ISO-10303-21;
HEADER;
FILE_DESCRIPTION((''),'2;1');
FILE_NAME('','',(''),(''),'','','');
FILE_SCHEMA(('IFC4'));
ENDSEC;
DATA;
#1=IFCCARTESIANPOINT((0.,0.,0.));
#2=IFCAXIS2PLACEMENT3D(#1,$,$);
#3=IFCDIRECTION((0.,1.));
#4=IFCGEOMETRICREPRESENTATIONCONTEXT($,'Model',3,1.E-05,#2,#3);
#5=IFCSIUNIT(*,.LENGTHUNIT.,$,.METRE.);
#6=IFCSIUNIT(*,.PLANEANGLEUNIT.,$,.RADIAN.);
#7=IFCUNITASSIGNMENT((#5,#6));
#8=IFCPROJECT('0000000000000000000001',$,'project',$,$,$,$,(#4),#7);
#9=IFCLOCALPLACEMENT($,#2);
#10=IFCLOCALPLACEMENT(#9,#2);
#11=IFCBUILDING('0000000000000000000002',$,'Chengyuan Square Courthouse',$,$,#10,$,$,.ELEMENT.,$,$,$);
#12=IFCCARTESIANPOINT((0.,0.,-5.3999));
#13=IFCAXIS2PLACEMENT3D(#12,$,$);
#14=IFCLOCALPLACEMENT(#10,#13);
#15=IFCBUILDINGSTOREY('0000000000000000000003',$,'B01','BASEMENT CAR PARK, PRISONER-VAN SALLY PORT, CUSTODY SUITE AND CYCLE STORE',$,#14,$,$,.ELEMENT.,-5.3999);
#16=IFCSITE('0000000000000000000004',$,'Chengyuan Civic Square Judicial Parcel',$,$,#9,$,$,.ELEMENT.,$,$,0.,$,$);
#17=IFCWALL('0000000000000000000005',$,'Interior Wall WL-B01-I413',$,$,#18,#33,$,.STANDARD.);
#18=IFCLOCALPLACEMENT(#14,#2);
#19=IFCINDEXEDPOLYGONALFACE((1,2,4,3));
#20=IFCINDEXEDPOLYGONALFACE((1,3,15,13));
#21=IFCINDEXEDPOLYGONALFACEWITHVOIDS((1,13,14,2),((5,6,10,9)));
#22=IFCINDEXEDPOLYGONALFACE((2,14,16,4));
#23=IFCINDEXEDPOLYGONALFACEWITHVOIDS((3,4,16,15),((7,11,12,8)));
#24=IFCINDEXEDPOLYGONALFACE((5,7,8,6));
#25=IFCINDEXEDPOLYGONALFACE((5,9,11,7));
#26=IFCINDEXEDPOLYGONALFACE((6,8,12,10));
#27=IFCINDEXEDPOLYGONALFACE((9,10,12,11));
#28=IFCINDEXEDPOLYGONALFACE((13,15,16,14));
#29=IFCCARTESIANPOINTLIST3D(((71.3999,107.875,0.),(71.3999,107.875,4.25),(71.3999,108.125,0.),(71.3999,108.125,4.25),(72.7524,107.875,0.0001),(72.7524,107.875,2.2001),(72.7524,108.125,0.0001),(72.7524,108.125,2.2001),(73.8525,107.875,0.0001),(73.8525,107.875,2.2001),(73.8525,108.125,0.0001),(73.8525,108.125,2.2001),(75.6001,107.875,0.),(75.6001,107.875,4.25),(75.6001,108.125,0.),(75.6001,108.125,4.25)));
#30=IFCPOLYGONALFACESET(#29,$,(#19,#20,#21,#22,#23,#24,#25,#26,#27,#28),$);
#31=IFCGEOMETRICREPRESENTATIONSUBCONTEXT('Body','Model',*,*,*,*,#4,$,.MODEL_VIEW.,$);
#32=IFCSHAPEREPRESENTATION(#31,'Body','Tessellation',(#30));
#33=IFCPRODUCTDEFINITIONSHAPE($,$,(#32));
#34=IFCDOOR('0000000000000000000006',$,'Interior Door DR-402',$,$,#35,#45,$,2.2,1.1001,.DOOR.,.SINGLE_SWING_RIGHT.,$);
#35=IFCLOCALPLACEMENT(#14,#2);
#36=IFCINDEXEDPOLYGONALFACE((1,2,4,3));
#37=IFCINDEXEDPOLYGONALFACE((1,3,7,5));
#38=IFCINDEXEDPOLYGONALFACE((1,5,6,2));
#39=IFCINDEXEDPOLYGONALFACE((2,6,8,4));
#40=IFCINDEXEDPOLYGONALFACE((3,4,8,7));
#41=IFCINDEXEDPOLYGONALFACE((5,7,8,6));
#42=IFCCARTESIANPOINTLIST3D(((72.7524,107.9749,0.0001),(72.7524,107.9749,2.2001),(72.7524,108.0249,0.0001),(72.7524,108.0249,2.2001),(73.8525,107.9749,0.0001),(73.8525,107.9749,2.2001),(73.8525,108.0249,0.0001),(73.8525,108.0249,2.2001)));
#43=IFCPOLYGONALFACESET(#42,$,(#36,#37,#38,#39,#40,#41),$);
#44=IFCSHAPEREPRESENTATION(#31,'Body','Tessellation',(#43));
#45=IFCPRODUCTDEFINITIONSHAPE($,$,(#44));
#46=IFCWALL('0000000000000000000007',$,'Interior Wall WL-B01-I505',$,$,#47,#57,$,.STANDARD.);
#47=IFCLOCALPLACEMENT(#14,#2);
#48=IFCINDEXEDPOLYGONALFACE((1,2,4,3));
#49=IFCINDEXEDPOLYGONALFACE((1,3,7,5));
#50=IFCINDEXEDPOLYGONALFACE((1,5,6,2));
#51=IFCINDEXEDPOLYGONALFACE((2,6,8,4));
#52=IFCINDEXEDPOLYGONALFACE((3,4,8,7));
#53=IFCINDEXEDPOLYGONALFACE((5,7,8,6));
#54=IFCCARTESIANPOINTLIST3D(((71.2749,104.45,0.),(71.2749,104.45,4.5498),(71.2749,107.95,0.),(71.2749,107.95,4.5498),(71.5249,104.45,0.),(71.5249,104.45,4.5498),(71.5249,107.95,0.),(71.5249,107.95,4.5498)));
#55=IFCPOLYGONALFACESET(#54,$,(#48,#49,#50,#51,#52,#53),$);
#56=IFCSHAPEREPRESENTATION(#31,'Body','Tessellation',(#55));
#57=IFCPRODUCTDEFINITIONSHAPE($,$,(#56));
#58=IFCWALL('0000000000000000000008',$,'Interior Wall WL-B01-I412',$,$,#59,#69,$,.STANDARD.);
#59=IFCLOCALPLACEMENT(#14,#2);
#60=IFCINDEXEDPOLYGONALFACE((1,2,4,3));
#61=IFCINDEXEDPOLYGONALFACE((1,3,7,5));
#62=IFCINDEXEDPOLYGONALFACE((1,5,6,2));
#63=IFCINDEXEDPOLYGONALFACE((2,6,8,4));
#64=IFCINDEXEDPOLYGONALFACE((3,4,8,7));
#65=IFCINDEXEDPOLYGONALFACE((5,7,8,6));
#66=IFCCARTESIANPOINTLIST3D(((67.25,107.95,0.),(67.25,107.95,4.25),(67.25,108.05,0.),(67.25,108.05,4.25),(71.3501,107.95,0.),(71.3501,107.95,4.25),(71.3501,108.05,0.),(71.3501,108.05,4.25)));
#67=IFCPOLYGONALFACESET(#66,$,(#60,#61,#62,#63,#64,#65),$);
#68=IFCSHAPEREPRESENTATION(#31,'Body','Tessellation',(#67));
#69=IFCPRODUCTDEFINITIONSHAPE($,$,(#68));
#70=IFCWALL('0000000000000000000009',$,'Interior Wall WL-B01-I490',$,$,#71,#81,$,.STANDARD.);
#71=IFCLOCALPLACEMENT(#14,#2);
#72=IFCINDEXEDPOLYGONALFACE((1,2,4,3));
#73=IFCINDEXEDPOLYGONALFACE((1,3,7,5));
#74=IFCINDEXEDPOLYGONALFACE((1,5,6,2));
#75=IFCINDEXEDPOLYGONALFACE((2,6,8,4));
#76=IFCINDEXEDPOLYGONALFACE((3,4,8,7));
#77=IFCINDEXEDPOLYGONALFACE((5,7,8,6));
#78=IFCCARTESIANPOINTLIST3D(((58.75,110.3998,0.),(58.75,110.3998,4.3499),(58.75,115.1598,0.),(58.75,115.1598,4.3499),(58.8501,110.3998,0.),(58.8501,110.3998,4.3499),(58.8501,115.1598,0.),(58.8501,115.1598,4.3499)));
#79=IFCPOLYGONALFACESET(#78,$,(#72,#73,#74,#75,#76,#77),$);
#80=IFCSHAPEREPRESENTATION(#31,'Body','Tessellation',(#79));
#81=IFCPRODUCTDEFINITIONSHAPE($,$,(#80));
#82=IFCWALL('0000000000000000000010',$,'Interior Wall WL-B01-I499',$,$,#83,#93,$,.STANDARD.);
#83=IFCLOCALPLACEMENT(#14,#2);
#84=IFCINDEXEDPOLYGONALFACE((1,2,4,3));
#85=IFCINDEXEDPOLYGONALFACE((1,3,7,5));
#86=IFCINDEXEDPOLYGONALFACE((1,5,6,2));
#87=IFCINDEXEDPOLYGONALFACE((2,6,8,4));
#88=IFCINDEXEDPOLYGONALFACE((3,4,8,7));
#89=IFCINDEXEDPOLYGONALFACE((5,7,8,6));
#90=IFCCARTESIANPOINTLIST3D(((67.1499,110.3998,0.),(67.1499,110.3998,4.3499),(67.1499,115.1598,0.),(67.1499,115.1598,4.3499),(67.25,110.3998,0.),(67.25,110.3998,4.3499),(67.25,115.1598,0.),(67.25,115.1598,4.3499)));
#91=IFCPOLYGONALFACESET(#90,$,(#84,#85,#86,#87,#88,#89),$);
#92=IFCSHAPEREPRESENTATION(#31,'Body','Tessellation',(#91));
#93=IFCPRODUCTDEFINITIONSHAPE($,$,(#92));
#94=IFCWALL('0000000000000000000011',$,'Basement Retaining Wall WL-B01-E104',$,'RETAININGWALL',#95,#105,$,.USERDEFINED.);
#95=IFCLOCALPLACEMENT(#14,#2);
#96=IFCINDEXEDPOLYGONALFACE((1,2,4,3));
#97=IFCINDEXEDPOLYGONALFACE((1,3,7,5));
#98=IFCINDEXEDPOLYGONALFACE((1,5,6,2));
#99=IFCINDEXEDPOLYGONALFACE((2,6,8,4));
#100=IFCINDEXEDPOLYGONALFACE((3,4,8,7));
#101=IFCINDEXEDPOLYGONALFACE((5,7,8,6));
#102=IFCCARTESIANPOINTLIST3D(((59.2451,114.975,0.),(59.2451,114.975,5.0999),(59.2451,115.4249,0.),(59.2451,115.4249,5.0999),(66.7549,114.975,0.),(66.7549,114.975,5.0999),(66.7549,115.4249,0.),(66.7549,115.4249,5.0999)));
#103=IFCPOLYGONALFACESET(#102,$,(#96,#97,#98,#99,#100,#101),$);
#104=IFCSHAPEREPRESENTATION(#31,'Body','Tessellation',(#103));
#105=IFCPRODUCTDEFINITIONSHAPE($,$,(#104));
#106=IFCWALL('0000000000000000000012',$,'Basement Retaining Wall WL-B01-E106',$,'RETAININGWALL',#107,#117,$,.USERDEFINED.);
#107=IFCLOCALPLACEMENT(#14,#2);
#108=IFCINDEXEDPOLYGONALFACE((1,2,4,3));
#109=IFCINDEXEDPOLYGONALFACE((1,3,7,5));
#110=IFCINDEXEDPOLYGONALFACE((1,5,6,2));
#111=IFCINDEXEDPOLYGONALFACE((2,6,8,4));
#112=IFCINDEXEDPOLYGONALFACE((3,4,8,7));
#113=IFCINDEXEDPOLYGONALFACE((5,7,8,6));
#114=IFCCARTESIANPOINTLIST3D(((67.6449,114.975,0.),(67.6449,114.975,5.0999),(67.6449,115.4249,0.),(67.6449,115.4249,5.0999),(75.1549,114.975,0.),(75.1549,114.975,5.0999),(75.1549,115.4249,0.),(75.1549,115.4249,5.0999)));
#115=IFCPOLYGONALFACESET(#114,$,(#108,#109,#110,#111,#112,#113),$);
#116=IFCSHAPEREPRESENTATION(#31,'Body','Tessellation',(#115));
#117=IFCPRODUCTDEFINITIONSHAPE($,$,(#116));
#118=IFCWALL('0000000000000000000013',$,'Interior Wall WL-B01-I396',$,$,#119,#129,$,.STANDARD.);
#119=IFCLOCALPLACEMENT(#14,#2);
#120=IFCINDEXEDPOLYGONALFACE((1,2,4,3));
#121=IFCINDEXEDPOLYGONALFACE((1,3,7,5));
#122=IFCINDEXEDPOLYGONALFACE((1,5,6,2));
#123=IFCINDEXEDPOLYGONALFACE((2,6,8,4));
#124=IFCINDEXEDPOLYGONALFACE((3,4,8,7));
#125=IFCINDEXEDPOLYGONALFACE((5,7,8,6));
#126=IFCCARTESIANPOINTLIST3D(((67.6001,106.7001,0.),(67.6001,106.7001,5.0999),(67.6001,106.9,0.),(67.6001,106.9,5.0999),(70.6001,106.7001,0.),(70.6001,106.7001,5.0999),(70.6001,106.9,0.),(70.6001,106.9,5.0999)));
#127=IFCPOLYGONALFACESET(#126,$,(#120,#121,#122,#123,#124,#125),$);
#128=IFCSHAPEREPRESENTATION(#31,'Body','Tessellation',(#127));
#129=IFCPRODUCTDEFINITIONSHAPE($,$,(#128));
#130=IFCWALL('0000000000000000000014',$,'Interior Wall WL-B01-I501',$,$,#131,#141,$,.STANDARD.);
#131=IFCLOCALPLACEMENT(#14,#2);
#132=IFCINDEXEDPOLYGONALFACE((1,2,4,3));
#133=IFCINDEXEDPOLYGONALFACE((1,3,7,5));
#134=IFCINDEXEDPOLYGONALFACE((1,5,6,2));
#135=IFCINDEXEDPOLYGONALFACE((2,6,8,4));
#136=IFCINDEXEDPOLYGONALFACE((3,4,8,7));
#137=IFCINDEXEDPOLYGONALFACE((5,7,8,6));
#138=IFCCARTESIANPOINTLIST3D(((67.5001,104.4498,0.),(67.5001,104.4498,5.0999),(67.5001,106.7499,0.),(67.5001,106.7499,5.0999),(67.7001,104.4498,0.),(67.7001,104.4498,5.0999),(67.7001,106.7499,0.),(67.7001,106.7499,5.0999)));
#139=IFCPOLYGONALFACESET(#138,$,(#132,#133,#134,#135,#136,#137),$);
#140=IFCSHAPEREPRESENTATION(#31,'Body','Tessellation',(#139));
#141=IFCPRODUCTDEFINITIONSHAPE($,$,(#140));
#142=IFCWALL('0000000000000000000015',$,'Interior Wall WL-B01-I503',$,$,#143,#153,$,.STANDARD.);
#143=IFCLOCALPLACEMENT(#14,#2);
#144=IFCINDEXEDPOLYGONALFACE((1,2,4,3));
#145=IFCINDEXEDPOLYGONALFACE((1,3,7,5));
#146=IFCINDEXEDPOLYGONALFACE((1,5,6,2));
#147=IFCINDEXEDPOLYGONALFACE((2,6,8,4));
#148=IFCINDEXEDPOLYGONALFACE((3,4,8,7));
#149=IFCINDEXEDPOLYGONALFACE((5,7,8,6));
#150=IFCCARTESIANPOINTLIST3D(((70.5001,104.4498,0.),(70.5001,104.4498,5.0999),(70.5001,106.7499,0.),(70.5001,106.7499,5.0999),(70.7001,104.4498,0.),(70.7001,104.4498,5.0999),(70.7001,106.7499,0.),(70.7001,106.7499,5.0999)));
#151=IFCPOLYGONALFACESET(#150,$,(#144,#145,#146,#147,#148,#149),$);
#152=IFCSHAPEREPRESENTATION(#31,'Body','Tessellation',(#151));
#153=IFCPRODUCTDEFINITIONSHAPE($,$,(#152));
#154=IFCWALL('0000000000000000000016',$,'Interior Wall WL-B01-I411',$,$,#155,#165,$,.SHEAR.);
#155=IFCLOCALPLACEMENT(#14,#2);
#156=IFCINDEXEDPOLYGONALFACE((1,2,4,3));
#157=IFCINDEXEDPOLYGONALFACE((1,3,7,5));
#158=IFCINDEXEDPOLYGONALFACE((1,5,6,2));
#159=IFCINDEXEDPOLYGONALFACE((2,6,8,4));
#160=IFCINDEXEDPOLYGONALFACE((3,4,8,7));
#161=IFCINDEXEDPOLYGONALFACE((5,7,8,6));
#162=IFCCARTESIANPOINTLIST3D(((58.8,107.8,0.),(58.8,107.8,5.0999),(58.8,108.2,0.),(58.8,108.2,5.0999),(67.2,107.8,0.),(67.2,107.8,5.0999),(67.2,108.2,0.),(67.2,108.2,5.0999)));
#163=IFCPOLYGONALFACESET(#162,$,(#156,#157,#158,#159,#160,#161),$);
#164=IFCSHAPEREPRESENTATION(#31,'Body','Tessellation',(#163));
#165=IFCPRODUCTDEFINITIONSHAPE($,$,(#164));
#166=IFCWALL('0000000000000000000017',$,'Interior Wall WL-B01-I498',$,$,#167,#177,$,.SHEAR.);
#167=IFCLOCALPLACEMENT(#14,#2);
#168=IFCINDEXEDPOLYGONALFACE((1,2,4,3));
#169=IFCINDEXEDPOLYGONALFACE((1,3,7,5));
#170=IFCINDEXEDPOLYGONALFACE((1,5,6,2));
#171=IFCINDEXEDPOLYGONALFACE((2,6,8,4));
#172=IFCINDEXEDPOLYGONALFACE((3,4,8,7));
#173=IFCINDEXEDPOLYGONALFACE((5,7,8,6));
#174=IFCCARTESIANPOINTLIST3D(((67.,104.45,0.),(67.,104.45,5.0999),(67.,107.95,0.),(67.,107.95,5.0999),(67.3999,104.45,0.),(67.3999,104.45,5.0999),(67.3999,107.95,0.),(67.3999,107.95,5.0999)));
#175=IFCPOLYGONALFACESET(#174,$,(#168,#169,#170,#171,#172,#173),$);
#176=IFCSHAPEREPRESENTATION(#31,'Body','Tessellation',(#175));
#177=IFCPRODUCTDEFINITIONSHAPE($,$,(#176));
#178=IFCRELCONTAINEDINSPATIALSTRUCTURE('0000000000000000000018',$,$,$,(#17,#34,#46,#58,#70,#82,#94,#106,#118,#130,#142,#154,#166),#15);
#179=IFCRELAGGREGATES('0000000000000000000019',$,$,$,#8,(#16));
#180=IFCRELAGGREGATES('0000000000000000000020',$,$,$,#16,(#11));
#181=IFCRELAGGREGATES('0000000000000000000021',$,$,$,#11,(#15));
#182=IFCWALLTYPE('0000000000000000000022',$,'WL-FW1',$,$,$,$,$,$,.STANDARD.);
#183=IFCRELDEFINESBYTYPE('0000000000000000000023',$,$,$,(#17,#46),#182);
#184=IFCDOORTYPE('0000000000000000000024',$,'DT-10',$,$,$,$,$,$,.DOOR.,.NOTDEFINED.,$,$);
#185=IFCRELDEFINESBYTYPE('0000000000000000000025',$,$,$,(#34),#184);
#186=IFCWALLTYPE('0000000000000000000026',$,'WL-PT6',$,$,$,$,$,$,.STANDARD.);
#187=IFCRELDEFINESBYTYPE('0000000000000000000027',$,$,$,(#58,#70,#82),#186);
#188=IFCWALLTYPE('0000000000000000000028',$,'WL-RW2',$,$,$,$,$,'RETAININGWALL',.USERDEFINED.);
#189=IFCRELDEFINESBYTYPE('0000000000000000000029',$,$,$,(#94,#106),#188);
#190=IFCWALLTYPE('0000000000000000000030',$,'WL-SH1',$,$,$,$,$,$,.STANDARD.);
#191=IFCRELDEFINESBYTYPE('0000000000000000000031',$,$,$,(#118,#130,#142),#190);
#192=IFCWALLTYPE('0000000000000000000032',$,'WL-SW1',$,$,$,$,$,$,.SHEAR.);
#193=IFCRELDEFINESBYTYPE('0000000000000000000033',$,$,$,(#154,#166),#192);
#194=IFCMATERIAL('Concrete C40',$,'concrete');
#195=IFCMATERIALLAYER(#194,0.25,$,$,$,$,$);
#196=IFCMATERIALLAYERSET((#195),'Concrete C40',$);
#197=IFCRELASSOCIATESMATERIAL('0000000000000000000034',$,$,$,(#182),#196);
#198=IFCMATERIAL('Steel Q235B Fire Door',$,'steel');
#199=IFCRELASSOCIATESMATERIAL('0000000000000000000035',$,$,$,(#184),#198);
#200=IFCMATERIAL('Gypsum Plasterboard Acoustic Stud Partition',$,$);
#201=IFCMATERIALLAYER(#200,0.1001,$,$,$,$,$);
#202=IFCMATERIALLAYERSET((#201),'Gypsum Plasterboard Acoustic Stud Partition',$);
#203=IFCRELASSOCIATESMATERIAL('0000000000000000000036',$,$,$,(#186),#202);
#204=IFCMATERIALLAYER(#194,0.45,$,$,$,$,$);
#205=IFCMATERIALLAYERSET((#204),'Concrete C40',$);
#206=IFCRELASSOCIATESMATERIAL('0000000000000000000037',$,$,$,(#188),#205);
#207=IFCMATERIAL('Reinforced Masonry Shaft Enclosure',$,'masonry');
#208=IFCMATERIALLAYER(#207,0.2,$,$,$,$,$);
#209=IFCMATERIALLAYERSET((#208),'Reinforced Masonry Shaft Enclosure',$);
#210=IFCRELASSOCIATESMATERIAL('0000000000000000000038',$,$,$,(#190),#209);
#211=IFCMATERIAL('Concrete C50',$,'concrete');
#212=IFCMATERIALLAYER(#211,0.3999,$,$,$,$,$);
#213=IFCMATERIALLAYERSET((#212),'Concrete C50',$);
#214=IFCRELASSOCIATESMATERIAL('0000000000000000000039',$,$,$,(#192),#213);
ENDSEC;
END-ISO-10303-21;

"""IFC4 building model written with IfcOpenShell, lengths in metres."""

from ifc_helpers import new_model, si_unit, direction, frame, frame_2d, origin, place, context, subcontext, project, spatial, rectangle, extrude, material, layer, layer_set, type_object, element, fill, save


model = new_model("IFC4")

# Units and contexts
model_context = context("Model", 3, precision=1e-05, world=origin(), true_north=direction((0.0, 1.0)))
body_context = subcontext(model_context, "Body", "Model", "MODEL_VIEW")
ifc_project = project(units=[si_unit("LENGTHUNIT", "METRE"), si_unit("PLANEANGLEUNIT", "RADIAN")], contexts=[model_context])

# Site, building, storey
site_placement = place(None, origin())
site = spatial("IfcSite", under=ifc_project, at=site_placement, Name="Chengyuan Civic Square Judicial Parcel", CompositionType="ELEMENT", RefElevation=0.0)
building_placement = place(site_placement, origin())
building = spatial("IfcBuilding", under=site, at=building_placement, Name="Chengyuan Square Courthouse", CompositionType="ELEMENT")
storey_placement = place(building_placement, frame((0.0, 0.0, -5.3999)))
storey = spatial("IfcBuildingStorey", under=building, at=storey_placement, Name="B01", Description="BASEMENT CAR PARK, PRISONER-VAN SALLY PORT, CUSTODY SUITE AND CYCLE STORE", CompositionType="ELEMENT", Elevation=-5.3999)

# Shared definitions
ifc_material_1 = material(Name="Concrete C50", Category="concrete")
ifc_material_2 = material(Name="Concrete C40", Category="concrete")

# Wall, opening, door
ifc_layer_1 = layer(ifc_material_2, 0.25)
ifc_layer_set_1 = layer_set([ifc_layer_1], Name="Concrete C40")
wall_type_1 = type_object("IfcWallType", Name="WL-FW1", PredefinedType="STANDARD", material=ifc_layer_set_1)
wall_1_placement = place(storey_placement, frame((71.3999, 108.0, 0.0), z_axis=(0.0, 0.0, 1.0), x_axis=(1.0, 0.0, 0.0)))
wall_1 = element("IfcWall", 1, at=wall_1_placement, inside=storey, type_object=wall_type_1, Name="Interior Wall WL-B01-I413", PredefinedType="STANDARD", context=body_context, shape_type="SweptSolid", body=[
    extrude(rectangle(XDim=4.2002, YDim=0.25, at=frame_2d((2.1001, 0.0))), origin(), (0.0, 0.0, 1.0), 4.25),
])
opening_1_placement = place(wall_1_placement, frame((1.3525, 0.0, 0.0)))
opening_1 = element("IfcOpeningElement", 2, at=opening_1_placement, cuts=wall_1, PredefinedType="OPENING", context=body_context, shape_type="SweptSolid", body=[
    extrude(rectangle(XDim=1.1001, YDim=2.2, at=frame_2d((0.55, 1.1001))), frame((0.0, 0.137, 0.0), z_axis=(0.0, -1.0, 0.0), x_axis=(1.0, 0.0, 0.0)), (0.0, 0.0, 1.0), 0.2739),
])
ifc_material_3 = material(Name="Steel Q235B Fire Door", Category="steel")
door_type_1 = type_object("IfcDoorType", Name="DT-10", OperationType="NOTDEFINED", PredefinedType="DOOR", material=ifc_material_3)
door_1_placement = place(opening_1_placement, origin())
door_1 = element("IfcDoor", 3, at=door_1_placement, inside=storey, type_object=door_type_1, Name="Interior Door DR-402", OperationType="SINGLE_SWING_RIGHT", OverallHeight=2.2, OverallWidth=1.1001, PredefinedType="DOOR", context=body_context, shape_type="SweptSolid", body=[
    extrude(rectangle(XDim=1.1001, YDim=2.2, at=frame_2d((0.55, 1.1001))), frame((0.0, 0.0249, 0.0), z_axis=(0.0, -1.0, 0.0), x_axis=(1.0, 0.0, 0.0)), (0.0, 0.0, 1.0), 0.05),
])
fill(opening_1, door_1)

# Walls
wall_2_placement = place(storey_placement, frame((71.3999, 104.45, 0.0), z_axis=(0.0, 0.0, 1.0), x_axis=(0.0, 1.0, 0.0)))
element("IfcWall", 4, at=wall_2_placement, inside=storey, type_object=wall_type_1, Name="Interior Wall WL-B01-I505", PredefinedType="STANDARD", context=body_context, shape_type="SweptSolid", body=[
    extrude(rectangle(XDim=3.5, YDim=0.25, at=frame_2d((1.75, 0.0))), origin(), (0.0, 0.0, 1.0), 4.5498),
])
ifc_material_4 = material(Name="Gypsum Plasterboard Acoustic Stud Partition")
ifc_layer_2 = layer(ifc_material_4, 0.1001)
ifc_layer_set_2 = layer_set([ifc_layer_2], Name="Gypsum Plasterboard Acoustic Stud Partition")
wall_type_2 = type_object("IfcWallType", Name="WL-PT6", PredefinedType="STANDARD", material=ifc_layer_set_2)
wall_3_placement = place(storey_placement, frame((67.25, 108.0, 0.0), z_axis=(0.0, 0.0, 1.0), x_axis=(1.0, 0.0, 0.0)))
element("IfcWall", 5, at=wall_3_placement, inside=storey, type_object=wall_type_2, Name="Interior Wall WL-B01-I412", PredefinedType="STANDARD", context=body_context, shape_type="SweptSolid", body=[
    extrude(rectangle(XDim=4.1001, YDim=0.1001, at=frame_2d((2.05, 0.0))), origin(), (0.0, 0.0, 1.0), 4.25),
])
for number, where, z_axis, x_axis, name in (
    (6, (58.8, 110.3999, 0.0), (0.0, 0.0, 1.0), (0.0, 1.0, 0.0), "Interior Wall WL-B01-I490"),
    (7, (67.2, 110.3999, 0.0), (0.0, 0.0, 1.0), (0.0, 1.0, 0.0), "Interior Wall WL-B01-I499"),
):
    element("IfcWall", number, at=place(storey_placement, frame(where, z_axis=z_axis, x_axis=x_axis)), inside=storey, type_object=wall_type_2, Name=name, PredefinedType="STANDARD", context=body_context, shape_type="SweptSolid", body=[
        extrude(rectangle(XDim=4.76, YDim=0.1001, at=frame_2d((2.3799, 0.0))), origin(), (0.0, 0.0, 1.0), 4.3499),
    ])
ifc_layer_3 = layer(ifc_material_2, 0.45)
ifc_layer_set_3 = layer_set([ifc_layer_3], Name="Concrete C40")
wall_type_3 = type_object("IfcWallType", Name="WL-RW2", ElementType="RETAININGWALL", PredefinedType="USERDEFINED", material=ifc_layer_set_3)
wall_4_placement = place(storey_placement, frame((59.2451, 115.2, 0.0), z_axis=(0.0, 0.0, 1.0), x_axis=(1.0, 0.0, 0.0)))
element("IfcWall", 8, at=wall_4_placement, inside=storey, type_object=wall_type_3, Name="Basement Retaining Wall WL-B01-E104", ObjectType="RETAININGWALL", PredefinedType="USERDEFINED", context=body_context, shape_type="SweptSolid", body=[
    extrude(rectangle(XDim=7.5098, YDim=0.45, at=frame_2d((3.7549, 0.0))), origin(), (0.0, 0.0, 1.0), 5.0999),
])
wall_5_placement = place(storey_placement, frame((67.645, 115.2, 0.0), z_axis=(0.0, 0.0, 1.0), x_axis=(1.0, 0.0, 0.0)))
element("IfcWall", 9, at=wall_5_placement, inside=storey, type_object=wall_type_3, Name="Basement Retaining Wall WL-B01-E106", ObjectType="RETAININGWALL", PredefinedType="USERDEFINED", context=body_context, shape_type="SweptSolid", body=[
    extrude(rectangle(XDim=7.51, YDim=0.45, at=frame_2d((3.7549, 0.0))), origin(), (0.0, 0.0, 1.0), 5.0999),
])

# Shared definitions
ifc_material_5 = material(Name="Reinforced Masonry Shaft Enclosure", Category="masonry")
ifc_layer_4 = layer(ifc_material_5, 0.2)
ifc_layer_set_4 = layer_set([ifc_layer_4], Name="Reinforced Masonry Shaft Enclosure")
wall_type_4 = type_object("IfcWallType", Name="WL-SH1", PredefinedType="STANDARD", material=ifc_layer_set_4)

# Walls
wall_6_placement = place(storey_placement, frame((67.6001, 106.8, 0.0), z_axis=(0.0, 0.0, 1.0), x_axis=(1.0, 0.0, 0.0)))
element("IfcWall", 10, at=wall_6_placement, inside=storey, type_object=wall_type_4, Name="Interior Wall WL-B01-I396", PredefinedType="STANDARD", context=body_context, shape_type="SweptSolid", body=[
    extrude(rectangle(XDim=3.0, YDim=0.2, at=frame_2d((1.5, 0.0))), origin(), (0.0, 0.0, 1.0), 5.0999),
])
for number, where, z_axis, x_axis, name in (
    (11, (67.6001, 104.45, 0.0), (0.0, 0.0, 1.0), (0.0, 1.0, 0.0), "Interior Wall WL-B01-I501"),
    (12, (70.6001, 104.45, 0.0), (0.0, 0.0, 1.0), (0.0, 1.0, 0.0), "Interior Wall WL-B01-I503"),
):
    element("IfcWall", number, at=place(storey_placement, frame(where, z_axis=z_axis, x_axis=x_axis)), inside=storey, type_object=wall_type_4, Name=name, PredefinedType="STANDARD", context=body_context, shape_type="SweptSolid", body=[
        extrude(rectangle(XDim=2.3, YDim=0.2, at=frame_2d((1.1499, 0.0))), origin(), (0.0, 0.0, 1.0), 5.0999),
    ])
ifc_layer_5 = layer(ifc_material_1, 0.3999)
ifc_layer_set_5 = layer_set([ifc_layer_5], Name="Concrete C50")
wall_type_5 = type_object("IfcWallType", Name="WL-SW1", PredefinedType="SHEAR", material=ifc_layer_set_5)
wall_7_placement = place(storey_placement, frame((58.8, 108.0, 0.0), z_axis=(0.0, 0.0, 1.0), x_axis=(1.0, 0.0, 0.0)))
element("IfcWall", 13, at=wall_7_placement, inside=storey, type_object=wall_type_5, Name="Interior Wall WL-B01-I411", PredefinedType="SHEAR", context=body_context, shape_type="SweptSolid", body=[
    extrude(rectangle(XDim=8.3999, YDim=0.3999, at=frame_2d((4.2, 0.0))), origin(), (0.0, 0.0, 1.0), 5.0999),
])
wall_8_placement = place(storey_placement, frame((67.2, 104.45, 0.0), z_axis=(0.0, 0.0, 1.0), x_axis=(0.0, 1.0, 0.0)))
element("IfcWall", 14, at=wall_8_placement, inside=storey, type_object=wall_type_5, Name="Interior Wall WL-B01-I498", PredefinedType="SHEAR", context=body_context, shape_type="SweptSolid", body=[
    extrude(rectangle(XDim=3.5, YDim=0.3999, at=frame_2d((1.75, 0.0))), origin(), (0.0, 0.0, 1.0), 5.0999),
])

save(model, "model.ifc")
